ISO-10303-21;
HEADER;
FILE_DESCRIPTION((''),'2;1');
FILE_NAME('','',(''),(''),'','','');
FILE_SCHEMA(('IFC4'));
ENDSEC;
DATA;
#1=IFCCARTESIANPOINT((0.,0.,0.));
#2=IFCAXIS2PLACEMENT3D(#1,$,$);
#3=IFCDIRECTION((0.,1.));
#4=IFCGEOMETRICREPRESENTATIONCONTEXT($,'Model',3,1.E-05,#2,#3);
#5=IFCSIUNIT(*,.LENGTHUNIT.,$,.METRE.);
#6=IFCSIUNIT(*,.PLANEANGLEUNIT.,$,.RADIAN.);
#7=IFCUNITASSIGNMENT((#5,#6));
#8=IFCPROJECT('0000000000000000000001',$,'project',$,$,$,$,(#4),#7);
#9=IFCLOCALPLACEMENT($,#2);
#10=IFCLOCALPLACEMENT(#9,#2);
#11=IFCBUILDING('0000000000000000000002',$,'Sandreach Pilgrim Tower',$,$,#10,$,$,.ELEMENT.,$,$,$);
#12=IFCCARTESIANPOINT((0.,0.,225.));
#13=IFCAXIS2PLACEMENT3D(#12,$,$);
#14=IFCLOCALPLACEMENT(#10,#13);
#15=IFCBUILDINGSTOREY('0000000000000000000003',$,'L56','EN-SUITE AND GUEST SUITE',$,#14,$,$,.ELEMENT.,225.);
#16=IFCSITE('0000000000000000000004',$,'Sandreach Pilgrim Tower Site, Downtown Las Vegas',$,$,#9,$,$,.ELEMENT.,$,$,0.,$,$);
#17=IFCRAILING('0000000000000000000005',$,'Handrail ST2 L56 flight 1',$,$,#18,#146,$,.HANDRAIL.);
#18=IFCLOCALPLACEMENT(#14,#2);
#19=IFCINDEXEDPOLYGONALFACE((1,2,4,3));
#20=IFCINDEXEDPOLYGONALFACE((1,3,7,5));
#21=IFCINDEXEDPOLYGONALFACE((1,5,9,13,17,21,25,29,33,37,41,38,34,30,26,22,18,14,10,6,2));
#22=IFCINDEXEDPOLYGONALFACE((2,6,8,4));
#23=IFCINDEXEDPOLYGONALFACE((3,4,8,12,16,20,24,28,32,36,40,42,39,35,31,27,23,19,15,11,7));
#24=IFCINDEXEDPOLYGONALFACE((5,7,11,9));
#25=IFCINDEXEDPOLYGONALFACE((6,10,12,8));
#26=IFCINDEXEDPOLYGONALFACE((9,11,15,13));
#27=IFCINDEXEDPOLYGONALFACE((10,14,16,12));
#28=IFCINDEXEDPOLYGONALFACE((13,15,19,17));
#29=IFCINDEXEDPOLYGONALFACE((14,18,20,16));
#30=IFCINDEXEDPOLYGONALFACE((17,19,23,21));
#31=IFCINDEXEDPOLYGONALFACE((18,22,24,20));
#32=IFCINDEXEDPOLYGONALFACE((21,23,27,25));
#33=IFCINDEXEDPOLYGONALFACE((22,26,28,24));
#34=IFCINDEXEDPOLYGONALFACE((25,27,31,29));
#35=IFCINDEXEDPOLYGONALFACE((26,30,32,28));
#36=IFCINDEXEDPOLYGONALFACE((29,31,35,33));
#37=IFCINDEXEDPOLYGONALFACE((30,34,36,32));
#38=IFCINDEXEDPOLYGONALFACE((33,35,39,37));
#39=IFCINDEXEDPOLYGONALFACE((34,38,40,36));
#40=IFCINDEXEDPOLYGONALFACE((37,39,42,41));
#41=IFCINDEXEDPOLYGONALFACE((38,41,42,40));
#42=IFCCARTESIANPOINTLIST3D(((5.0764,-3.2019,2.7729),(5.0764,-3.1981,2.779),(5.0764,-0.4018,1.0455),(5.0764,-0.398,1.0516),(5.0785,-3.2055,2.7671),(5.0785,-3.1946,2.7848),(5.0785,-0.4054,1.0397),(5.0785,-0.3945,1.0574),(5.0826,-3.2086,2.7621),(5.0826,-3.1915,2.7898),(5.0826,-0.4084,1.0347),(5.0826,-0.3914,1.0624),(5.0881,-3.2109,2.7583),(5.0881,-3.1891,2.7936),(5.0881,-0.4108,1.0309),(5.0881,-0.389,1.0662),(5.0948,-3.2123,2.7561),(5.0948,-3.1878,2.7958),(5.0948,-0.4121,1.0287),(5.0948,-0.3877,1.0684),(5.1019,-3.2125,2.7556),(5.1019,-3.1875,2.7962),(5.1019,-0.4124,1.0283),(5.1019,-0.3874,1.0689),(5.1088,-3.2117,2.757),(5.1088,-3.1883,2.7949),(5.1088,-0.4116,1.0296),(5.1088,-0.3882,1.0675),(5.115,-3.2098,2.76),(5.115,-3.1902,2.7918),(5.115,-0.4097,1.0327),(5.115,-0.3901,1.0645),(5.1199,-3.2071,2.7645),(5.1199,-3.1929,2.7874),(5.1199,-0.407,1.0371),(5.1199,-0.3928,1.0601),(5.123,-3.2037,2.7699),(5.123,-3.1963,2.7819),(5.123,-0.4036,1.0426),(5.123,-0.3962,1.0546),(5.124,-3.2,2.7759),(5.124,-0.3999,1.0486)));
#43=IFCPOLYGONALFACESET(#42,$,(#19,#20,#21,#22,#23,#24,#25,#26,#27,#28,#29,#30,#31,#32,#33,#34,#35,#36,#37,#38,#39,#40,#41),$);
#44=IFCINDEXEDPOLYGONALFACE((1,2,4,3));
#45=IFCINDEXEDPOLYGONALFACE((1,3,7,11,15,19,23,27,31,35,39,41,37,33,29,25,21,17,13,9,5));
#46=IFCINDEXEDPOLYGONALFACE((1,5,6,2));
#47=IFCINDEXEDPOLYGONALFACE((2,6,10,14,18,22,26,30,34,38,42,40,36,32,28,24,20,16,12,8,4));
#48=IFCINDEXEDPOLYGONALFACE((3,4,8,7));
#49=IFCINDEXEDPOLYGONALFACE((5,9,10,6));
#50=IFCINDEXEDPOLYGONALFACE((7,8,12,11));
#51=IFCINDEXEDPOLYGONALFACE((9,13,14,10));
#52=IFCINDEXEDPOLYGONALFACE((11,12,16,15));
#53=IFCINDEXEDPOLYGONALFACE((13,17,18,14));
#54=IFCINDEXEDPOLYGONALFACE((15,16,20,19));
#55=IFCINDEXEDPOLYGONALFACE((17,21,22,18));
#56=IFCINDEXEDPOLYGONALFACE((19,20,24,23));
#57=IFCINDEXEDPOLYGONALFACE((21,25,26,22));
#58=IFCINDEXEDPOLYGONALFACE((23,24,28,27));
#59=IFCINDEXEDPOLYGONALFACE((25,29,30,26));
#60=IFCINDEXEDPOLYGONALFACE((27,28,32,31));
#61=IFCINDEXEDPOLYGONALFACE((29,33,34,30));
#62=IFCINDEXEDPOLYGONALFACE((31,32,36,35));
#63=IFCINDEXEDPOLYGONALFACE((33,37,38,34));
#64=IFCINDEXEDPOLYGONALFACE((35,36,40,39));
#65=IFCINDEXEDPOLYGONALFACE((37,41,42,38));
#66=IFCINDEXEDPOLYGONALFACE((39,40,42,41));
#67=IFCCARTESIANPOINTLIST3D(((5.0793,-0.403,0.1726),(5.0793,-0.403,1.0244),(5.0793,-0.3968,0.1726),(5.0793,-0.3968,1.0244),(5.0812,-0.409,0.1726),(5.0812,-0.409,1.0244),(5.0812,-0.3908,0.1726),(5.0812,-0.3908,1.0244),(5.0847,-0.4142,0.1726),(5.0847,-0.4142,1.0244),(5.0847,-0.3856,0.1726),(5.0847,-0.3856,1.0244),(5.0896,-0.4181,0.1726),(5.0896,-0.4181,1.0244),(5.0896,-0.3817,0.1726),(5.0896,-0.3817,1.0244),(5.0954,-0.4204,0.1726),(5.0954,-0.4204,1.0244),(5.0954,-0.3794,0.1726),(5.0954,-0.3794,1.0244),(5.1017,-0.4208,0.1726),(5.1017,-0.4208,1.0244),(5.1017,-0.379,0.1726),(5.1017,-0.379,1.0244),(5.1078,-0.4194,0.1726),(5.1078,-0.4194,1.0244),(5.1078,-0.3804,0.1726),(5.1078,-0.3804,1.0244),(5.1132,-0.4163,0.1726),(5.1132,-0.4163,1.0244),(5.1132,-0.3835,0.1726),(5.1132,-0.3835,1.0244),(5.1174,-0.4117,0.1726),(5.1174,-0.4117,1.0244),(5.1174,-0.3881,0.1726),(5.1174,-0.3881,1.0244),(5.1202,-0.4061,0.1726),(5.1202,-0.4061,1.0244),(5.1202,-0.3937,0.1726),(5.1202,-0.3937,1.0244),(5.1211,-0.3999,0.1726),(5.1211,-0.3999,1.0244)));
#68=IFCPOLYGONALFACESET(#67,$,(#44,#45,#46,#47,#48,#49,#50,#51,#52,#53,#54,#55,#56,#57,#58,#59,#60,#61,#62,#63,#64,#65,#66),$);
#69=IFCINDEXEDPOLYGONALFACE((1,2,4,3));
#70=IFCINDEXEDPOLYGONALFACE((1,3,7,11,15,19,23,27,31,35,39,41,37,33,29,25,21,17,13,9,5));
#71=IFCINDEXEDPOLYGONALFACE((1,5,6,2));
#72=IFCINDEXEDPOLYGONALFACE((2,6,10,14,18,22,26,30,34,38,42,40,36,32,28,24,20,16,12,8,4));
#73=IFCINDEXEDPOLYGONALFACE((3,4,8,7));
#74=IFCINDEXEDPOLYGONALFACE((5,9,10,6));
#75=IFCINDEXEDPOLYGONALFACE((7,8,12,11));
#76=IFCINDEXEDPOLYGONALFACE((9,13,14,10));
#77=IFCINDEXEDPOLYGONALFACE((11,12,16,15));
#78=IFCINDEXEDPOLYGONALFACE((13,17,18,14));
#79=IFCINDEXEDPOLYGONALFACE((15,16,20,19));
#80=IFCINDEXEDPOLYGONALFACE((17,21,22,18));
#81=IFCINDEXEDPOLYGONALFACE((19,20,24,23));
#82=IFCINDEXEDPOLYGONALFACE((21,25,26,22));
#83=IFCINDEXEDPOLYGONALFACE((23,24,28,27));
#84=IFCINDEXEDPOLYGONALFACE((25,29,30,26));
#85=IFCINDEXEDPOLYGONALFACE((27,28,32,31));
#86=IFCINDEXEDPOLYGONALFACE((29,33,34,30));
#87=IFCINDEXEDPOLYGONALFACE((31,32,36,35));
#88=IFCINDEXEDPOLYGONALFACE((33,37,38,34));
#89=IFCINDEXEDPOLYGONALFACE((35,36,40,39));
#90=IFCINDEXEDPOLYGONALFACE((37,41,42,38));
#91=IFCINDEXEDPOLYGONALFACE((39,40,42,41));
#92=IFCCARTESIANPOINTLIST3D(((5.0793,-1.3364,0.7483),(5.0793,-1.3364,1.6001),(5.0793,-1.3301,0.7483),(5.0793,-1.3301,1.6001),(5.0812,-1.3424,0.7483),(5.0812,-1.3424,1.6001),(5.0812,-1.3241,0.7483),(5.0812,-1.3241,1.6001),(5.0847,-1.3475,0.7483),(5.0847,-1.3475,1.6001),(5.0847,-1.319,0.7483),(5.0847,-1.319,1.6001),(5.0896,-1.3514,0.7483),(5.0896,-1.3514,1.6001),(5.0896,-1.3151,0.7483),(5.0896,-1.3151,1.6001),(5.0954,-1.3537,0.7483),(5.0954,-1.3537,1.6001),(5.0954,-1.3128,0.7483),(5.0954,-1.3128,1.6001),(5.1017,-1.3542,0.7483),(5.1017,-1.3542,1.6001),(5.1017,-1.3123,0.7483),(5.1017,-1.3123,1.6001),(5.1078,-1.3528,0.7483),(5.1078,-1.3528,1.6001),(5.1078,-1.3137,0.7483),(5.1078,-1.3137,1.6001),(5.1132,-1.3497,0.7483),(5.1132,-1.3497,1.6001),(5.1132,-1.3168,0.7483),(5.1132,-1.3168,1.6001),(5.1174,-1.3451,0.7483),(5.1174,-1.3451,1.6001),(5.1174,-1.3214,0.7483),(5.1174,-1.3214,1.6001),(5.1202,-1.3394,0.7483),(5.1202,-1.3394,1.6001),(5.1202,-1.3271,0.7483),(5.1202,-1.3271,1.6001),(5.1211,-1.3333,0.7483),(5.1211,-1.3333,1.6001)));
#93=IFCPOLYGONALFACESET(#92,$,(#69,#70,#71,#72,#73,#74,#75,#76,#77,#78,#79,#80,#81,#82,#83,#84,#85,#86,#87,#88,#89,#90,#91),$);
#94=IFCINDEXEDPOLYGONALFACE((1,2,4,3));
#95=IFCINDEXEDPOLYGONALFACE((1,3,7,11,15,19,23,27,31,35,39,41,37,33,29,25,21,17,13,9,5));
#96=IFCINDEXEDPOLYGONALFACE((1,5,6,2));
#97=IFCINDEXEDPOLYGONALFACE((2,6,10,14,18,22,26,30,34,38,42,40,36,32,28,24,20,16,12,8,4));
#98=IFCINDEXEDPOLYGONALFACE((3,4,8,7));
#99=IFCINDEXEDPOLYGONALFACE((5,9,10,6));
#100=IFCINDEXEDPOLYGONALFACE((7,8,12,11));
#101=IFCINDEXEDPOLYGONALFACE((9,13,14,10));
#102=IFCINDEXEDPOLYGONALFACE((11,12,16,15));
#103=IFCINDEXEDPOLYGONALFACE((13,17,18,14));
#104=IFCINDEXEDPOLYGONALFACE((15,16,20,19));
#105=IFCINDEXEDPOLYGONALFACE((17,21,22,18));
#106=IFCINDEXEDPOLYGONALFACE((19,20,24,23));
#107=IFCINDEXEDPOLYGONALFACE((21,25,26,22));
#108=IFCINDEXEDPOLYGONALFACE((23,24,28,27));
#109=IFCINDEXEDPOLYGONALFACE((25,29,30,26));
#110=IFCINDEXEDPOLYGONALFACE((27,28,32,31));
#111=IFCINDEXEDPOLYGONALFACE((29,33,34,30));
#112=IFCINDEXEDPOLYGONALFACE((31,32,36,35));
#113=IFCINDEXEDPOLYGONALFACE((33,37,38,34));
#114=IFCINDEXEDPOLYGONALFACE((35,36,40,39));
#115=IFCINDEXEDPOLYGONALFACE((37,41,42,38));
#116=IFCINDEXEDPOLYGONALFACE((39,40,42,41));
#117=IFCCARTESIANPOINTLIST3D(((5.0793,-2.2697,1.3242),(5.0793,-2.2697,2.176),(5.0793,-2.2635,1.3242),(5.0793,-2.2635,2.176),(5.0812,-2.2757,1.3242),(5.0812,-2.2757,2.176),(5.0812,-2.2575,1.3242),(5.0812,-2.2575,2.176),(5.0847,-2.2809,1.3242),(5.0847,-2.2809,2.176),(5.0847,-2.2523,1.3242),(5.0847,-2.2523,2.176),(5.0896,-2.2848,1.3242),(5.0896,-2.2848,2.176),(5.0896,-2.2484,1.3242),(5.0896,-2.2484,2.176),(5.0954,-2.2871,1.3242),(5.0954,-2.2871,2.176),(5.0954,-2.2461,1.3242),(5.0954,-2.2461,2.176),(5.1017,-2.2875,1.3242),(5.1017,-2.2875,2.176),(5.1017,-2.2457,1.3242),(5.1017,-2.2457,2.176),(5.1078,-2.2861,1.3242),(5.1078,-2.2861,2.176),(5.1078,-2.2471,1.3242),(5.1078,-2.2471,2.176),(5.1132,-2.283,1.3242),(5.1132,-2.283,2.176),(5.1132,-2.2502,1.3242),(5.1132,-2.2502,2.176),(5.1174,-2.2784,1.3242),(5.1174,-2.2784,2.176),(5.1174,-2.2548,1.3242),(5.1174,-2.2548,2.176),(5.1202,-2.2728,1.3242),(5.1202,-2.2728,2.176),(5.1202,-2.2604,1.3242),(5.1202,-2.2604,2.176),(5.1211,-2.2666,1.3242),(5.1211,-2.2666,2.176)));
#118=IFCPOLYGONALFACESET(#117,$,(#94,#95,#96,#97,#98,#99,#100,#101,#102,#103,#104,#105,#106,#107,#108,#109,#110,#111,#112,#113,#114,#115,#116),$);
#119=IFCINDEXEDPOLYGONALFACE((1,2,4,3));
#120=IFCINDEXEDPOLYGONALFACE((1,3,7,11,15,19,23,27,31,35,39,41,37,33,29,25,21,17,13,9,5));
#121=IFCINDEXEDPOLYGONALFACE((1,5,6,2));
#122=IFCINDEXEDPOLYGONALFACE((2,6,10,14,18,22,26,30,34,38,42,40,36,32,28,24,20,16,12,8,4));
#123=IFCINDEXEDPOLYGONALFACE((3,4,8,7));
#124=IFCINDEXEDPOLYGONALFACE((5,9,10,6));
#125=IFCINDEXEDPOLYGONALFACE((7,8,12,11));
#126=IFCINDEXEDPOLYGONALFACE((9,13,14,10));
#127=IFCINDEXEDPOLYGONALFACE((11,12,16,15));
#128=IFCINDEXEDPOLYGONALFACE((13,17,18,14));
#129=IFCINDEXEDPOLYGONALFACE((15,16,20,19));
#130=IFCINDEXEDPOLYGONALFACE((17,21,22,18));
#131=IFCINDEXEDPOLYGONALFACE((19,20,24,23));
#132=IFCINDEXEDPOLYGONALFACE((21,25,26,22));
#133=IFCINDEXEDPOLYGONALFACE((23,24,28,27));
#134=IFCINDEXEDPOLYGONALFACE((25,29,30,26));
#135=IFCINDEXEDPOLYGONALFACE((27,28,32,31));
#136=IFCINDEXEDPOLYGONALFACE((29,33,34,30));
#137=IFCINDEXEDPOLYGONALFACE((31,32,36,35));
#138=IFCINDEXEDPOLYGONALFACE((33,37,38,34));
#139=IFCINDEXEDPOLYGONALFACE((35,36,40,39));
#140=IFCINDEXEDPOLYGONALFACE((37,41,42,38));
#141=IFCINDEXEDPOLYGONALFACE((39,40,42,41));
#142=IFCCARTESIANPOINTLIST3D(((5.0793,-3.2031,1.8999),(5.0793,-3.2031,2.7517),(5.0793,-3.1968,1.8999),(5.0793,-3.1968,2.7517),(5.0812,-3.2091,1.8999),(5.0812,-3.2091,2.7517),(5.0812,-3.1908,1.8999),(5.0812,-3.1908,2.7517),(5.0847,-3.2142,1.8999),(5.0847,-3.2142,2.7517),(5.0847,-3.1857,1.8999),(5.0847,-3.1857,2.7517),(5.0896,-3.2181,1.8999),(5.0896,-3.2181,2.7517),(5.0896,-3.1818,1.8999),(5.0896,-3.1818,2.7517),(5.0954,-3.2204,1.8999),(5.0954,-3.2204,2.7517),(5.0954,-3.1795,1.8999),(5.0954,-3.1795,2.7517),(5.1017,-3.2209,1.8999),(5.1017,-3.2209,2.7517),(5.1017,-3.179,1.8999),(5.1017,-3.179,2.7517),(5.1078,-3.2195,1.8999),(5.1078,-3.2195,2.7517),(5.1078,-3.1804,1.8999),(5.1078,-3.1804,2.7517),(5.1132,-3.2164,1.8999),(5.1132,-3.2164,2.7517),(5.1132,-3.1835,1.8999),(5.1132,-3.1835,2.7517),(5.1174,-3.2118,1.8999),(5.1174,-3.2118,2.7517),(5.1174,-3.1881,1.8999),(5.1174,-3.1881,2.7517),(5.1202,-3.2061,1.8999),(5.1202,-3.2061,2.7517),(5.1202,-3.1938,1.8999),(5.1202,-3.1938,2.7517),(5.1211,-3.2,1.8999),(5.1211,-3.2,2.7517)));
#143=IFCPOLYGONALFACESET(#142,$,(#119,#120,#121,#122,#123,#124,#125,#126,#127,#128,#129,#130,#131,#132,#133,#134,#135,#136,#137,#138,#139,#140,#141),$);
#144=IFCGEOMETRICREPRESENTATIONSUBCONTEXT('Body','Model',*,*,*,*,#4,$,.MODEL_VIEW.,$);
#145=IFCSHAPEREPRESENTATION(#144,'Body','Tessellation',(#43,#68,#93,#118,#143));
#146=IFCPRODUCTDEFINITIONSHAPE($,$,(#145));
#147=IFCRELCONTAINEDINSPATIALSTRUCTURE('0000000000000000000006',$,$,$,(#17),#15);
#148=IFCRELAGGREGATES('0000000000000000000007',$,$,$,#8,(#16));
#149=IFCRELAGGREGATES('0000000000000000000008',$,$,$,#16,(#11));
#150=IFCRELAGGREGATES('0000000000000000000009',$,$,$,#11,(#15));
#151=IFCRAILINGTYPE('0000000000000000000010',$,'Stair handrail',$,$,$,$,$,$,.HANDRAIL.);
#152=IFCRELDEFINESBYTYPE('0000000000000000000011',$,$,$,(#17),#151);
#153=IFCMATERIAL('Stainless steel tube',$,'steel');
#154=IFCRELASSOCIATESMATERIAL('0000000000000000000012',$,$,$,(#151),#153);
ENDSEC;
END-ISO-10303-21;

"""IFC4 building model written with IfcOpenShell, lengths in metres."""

from ifc_helpers import new_model, si_unit, direction, frame, origin, origin_2d, place, context, subcontext, project, spatial, circle, extrude, material, type_object, element, save


model = new_model("IFC4")

# Units and contexts
model_context = context("Model", 3, precision=1e-05, world=origin(), true_north=direction((0.0, 1.0)))
body_context = subcontext(model_context, "Body", "Model", "MODEL_VIEW")
ifc_project = project(units=[si_unit("LENGTHUNIT", "METRE"), si_unit("PLANEANGLEUNIT", "RADIAN")], contexts=[model_context])

# Site, building, storey
site_placement = place(None, origin())
site = spatial("IfcSite", under=ifc_project, at=site_placement, Name="Sandreach Pilgrim Tower Site, Downtown Las Vegas", CompositionType="ELEMENT", RefElevation=0.0)
building_placement = place(site_placement, origin())
building = spatial("IfcBuilding", under=site, at=building_placement, Name="Sandreach Pilgrim Tower", CompositionType="ELEMENT")
storey_placement = place(building_placement, frame((0.0, 0.0, 225.0)))
storey = spatial("IfcBuildingStorey", under=building, at=storey_placement, Name="L56", Description="EN-SUITE AND GUEST SUITE", CompositionType="ELEMENT", Elevation=225.0)

# Railing
ifc_material_1 = material(Name="Stainless steel tube", Category="steel")
railing_type = type_object("IfcRailingType", Name="Stair handrail", PredefinedType="HANDRAIL", material=ifc_material_1)
for number, where, name in (
    (1, (5.1001, -0.3999, 0.1726), "Handrail ST2 L56 flight 1"),
):
    element("IfcRailing", number, at=place(storey_placement, frame(where)), inside=storey, type_object=railing_type, Name=name, PredefinedType="HANDRAIL", context=body_context, shape_type="SweptSolid", body=[
        extrude(circle(Radius=0.0239, at=origin_2d()), frame((0.0, 0.0, 0.876), z_axis=(0.0, -0.85109, 0.52502), x_axis=(1.0, 0.0, 0.0)), (0.0, 0.0, 1.0), 3.29),
        extrude(circle(Radius=0.021, at=origin_2d()), origin(), (0.0, 0.0, 1.0), 0.8518),
        extrude(circle(Radius=0.021, at=origin_2d()), frame((0.0, -0.9333, 0.5757)), (0.0, 0.0, 1.0), 0.8518),
        extrude(circle(Radius=0.021, at=origin_2d()), frame((0.0, -1.8667, 1.1516)), (0.0, 0.0, 1.0), 0.8518),
        extrude(circle(Radius=0.021, at=origin_2d()), frame((0.0, -2.8, 1.7273)), (0.0, 0.0, 1.0), 0.8518),
    ])

save(model, "model.ifc")
